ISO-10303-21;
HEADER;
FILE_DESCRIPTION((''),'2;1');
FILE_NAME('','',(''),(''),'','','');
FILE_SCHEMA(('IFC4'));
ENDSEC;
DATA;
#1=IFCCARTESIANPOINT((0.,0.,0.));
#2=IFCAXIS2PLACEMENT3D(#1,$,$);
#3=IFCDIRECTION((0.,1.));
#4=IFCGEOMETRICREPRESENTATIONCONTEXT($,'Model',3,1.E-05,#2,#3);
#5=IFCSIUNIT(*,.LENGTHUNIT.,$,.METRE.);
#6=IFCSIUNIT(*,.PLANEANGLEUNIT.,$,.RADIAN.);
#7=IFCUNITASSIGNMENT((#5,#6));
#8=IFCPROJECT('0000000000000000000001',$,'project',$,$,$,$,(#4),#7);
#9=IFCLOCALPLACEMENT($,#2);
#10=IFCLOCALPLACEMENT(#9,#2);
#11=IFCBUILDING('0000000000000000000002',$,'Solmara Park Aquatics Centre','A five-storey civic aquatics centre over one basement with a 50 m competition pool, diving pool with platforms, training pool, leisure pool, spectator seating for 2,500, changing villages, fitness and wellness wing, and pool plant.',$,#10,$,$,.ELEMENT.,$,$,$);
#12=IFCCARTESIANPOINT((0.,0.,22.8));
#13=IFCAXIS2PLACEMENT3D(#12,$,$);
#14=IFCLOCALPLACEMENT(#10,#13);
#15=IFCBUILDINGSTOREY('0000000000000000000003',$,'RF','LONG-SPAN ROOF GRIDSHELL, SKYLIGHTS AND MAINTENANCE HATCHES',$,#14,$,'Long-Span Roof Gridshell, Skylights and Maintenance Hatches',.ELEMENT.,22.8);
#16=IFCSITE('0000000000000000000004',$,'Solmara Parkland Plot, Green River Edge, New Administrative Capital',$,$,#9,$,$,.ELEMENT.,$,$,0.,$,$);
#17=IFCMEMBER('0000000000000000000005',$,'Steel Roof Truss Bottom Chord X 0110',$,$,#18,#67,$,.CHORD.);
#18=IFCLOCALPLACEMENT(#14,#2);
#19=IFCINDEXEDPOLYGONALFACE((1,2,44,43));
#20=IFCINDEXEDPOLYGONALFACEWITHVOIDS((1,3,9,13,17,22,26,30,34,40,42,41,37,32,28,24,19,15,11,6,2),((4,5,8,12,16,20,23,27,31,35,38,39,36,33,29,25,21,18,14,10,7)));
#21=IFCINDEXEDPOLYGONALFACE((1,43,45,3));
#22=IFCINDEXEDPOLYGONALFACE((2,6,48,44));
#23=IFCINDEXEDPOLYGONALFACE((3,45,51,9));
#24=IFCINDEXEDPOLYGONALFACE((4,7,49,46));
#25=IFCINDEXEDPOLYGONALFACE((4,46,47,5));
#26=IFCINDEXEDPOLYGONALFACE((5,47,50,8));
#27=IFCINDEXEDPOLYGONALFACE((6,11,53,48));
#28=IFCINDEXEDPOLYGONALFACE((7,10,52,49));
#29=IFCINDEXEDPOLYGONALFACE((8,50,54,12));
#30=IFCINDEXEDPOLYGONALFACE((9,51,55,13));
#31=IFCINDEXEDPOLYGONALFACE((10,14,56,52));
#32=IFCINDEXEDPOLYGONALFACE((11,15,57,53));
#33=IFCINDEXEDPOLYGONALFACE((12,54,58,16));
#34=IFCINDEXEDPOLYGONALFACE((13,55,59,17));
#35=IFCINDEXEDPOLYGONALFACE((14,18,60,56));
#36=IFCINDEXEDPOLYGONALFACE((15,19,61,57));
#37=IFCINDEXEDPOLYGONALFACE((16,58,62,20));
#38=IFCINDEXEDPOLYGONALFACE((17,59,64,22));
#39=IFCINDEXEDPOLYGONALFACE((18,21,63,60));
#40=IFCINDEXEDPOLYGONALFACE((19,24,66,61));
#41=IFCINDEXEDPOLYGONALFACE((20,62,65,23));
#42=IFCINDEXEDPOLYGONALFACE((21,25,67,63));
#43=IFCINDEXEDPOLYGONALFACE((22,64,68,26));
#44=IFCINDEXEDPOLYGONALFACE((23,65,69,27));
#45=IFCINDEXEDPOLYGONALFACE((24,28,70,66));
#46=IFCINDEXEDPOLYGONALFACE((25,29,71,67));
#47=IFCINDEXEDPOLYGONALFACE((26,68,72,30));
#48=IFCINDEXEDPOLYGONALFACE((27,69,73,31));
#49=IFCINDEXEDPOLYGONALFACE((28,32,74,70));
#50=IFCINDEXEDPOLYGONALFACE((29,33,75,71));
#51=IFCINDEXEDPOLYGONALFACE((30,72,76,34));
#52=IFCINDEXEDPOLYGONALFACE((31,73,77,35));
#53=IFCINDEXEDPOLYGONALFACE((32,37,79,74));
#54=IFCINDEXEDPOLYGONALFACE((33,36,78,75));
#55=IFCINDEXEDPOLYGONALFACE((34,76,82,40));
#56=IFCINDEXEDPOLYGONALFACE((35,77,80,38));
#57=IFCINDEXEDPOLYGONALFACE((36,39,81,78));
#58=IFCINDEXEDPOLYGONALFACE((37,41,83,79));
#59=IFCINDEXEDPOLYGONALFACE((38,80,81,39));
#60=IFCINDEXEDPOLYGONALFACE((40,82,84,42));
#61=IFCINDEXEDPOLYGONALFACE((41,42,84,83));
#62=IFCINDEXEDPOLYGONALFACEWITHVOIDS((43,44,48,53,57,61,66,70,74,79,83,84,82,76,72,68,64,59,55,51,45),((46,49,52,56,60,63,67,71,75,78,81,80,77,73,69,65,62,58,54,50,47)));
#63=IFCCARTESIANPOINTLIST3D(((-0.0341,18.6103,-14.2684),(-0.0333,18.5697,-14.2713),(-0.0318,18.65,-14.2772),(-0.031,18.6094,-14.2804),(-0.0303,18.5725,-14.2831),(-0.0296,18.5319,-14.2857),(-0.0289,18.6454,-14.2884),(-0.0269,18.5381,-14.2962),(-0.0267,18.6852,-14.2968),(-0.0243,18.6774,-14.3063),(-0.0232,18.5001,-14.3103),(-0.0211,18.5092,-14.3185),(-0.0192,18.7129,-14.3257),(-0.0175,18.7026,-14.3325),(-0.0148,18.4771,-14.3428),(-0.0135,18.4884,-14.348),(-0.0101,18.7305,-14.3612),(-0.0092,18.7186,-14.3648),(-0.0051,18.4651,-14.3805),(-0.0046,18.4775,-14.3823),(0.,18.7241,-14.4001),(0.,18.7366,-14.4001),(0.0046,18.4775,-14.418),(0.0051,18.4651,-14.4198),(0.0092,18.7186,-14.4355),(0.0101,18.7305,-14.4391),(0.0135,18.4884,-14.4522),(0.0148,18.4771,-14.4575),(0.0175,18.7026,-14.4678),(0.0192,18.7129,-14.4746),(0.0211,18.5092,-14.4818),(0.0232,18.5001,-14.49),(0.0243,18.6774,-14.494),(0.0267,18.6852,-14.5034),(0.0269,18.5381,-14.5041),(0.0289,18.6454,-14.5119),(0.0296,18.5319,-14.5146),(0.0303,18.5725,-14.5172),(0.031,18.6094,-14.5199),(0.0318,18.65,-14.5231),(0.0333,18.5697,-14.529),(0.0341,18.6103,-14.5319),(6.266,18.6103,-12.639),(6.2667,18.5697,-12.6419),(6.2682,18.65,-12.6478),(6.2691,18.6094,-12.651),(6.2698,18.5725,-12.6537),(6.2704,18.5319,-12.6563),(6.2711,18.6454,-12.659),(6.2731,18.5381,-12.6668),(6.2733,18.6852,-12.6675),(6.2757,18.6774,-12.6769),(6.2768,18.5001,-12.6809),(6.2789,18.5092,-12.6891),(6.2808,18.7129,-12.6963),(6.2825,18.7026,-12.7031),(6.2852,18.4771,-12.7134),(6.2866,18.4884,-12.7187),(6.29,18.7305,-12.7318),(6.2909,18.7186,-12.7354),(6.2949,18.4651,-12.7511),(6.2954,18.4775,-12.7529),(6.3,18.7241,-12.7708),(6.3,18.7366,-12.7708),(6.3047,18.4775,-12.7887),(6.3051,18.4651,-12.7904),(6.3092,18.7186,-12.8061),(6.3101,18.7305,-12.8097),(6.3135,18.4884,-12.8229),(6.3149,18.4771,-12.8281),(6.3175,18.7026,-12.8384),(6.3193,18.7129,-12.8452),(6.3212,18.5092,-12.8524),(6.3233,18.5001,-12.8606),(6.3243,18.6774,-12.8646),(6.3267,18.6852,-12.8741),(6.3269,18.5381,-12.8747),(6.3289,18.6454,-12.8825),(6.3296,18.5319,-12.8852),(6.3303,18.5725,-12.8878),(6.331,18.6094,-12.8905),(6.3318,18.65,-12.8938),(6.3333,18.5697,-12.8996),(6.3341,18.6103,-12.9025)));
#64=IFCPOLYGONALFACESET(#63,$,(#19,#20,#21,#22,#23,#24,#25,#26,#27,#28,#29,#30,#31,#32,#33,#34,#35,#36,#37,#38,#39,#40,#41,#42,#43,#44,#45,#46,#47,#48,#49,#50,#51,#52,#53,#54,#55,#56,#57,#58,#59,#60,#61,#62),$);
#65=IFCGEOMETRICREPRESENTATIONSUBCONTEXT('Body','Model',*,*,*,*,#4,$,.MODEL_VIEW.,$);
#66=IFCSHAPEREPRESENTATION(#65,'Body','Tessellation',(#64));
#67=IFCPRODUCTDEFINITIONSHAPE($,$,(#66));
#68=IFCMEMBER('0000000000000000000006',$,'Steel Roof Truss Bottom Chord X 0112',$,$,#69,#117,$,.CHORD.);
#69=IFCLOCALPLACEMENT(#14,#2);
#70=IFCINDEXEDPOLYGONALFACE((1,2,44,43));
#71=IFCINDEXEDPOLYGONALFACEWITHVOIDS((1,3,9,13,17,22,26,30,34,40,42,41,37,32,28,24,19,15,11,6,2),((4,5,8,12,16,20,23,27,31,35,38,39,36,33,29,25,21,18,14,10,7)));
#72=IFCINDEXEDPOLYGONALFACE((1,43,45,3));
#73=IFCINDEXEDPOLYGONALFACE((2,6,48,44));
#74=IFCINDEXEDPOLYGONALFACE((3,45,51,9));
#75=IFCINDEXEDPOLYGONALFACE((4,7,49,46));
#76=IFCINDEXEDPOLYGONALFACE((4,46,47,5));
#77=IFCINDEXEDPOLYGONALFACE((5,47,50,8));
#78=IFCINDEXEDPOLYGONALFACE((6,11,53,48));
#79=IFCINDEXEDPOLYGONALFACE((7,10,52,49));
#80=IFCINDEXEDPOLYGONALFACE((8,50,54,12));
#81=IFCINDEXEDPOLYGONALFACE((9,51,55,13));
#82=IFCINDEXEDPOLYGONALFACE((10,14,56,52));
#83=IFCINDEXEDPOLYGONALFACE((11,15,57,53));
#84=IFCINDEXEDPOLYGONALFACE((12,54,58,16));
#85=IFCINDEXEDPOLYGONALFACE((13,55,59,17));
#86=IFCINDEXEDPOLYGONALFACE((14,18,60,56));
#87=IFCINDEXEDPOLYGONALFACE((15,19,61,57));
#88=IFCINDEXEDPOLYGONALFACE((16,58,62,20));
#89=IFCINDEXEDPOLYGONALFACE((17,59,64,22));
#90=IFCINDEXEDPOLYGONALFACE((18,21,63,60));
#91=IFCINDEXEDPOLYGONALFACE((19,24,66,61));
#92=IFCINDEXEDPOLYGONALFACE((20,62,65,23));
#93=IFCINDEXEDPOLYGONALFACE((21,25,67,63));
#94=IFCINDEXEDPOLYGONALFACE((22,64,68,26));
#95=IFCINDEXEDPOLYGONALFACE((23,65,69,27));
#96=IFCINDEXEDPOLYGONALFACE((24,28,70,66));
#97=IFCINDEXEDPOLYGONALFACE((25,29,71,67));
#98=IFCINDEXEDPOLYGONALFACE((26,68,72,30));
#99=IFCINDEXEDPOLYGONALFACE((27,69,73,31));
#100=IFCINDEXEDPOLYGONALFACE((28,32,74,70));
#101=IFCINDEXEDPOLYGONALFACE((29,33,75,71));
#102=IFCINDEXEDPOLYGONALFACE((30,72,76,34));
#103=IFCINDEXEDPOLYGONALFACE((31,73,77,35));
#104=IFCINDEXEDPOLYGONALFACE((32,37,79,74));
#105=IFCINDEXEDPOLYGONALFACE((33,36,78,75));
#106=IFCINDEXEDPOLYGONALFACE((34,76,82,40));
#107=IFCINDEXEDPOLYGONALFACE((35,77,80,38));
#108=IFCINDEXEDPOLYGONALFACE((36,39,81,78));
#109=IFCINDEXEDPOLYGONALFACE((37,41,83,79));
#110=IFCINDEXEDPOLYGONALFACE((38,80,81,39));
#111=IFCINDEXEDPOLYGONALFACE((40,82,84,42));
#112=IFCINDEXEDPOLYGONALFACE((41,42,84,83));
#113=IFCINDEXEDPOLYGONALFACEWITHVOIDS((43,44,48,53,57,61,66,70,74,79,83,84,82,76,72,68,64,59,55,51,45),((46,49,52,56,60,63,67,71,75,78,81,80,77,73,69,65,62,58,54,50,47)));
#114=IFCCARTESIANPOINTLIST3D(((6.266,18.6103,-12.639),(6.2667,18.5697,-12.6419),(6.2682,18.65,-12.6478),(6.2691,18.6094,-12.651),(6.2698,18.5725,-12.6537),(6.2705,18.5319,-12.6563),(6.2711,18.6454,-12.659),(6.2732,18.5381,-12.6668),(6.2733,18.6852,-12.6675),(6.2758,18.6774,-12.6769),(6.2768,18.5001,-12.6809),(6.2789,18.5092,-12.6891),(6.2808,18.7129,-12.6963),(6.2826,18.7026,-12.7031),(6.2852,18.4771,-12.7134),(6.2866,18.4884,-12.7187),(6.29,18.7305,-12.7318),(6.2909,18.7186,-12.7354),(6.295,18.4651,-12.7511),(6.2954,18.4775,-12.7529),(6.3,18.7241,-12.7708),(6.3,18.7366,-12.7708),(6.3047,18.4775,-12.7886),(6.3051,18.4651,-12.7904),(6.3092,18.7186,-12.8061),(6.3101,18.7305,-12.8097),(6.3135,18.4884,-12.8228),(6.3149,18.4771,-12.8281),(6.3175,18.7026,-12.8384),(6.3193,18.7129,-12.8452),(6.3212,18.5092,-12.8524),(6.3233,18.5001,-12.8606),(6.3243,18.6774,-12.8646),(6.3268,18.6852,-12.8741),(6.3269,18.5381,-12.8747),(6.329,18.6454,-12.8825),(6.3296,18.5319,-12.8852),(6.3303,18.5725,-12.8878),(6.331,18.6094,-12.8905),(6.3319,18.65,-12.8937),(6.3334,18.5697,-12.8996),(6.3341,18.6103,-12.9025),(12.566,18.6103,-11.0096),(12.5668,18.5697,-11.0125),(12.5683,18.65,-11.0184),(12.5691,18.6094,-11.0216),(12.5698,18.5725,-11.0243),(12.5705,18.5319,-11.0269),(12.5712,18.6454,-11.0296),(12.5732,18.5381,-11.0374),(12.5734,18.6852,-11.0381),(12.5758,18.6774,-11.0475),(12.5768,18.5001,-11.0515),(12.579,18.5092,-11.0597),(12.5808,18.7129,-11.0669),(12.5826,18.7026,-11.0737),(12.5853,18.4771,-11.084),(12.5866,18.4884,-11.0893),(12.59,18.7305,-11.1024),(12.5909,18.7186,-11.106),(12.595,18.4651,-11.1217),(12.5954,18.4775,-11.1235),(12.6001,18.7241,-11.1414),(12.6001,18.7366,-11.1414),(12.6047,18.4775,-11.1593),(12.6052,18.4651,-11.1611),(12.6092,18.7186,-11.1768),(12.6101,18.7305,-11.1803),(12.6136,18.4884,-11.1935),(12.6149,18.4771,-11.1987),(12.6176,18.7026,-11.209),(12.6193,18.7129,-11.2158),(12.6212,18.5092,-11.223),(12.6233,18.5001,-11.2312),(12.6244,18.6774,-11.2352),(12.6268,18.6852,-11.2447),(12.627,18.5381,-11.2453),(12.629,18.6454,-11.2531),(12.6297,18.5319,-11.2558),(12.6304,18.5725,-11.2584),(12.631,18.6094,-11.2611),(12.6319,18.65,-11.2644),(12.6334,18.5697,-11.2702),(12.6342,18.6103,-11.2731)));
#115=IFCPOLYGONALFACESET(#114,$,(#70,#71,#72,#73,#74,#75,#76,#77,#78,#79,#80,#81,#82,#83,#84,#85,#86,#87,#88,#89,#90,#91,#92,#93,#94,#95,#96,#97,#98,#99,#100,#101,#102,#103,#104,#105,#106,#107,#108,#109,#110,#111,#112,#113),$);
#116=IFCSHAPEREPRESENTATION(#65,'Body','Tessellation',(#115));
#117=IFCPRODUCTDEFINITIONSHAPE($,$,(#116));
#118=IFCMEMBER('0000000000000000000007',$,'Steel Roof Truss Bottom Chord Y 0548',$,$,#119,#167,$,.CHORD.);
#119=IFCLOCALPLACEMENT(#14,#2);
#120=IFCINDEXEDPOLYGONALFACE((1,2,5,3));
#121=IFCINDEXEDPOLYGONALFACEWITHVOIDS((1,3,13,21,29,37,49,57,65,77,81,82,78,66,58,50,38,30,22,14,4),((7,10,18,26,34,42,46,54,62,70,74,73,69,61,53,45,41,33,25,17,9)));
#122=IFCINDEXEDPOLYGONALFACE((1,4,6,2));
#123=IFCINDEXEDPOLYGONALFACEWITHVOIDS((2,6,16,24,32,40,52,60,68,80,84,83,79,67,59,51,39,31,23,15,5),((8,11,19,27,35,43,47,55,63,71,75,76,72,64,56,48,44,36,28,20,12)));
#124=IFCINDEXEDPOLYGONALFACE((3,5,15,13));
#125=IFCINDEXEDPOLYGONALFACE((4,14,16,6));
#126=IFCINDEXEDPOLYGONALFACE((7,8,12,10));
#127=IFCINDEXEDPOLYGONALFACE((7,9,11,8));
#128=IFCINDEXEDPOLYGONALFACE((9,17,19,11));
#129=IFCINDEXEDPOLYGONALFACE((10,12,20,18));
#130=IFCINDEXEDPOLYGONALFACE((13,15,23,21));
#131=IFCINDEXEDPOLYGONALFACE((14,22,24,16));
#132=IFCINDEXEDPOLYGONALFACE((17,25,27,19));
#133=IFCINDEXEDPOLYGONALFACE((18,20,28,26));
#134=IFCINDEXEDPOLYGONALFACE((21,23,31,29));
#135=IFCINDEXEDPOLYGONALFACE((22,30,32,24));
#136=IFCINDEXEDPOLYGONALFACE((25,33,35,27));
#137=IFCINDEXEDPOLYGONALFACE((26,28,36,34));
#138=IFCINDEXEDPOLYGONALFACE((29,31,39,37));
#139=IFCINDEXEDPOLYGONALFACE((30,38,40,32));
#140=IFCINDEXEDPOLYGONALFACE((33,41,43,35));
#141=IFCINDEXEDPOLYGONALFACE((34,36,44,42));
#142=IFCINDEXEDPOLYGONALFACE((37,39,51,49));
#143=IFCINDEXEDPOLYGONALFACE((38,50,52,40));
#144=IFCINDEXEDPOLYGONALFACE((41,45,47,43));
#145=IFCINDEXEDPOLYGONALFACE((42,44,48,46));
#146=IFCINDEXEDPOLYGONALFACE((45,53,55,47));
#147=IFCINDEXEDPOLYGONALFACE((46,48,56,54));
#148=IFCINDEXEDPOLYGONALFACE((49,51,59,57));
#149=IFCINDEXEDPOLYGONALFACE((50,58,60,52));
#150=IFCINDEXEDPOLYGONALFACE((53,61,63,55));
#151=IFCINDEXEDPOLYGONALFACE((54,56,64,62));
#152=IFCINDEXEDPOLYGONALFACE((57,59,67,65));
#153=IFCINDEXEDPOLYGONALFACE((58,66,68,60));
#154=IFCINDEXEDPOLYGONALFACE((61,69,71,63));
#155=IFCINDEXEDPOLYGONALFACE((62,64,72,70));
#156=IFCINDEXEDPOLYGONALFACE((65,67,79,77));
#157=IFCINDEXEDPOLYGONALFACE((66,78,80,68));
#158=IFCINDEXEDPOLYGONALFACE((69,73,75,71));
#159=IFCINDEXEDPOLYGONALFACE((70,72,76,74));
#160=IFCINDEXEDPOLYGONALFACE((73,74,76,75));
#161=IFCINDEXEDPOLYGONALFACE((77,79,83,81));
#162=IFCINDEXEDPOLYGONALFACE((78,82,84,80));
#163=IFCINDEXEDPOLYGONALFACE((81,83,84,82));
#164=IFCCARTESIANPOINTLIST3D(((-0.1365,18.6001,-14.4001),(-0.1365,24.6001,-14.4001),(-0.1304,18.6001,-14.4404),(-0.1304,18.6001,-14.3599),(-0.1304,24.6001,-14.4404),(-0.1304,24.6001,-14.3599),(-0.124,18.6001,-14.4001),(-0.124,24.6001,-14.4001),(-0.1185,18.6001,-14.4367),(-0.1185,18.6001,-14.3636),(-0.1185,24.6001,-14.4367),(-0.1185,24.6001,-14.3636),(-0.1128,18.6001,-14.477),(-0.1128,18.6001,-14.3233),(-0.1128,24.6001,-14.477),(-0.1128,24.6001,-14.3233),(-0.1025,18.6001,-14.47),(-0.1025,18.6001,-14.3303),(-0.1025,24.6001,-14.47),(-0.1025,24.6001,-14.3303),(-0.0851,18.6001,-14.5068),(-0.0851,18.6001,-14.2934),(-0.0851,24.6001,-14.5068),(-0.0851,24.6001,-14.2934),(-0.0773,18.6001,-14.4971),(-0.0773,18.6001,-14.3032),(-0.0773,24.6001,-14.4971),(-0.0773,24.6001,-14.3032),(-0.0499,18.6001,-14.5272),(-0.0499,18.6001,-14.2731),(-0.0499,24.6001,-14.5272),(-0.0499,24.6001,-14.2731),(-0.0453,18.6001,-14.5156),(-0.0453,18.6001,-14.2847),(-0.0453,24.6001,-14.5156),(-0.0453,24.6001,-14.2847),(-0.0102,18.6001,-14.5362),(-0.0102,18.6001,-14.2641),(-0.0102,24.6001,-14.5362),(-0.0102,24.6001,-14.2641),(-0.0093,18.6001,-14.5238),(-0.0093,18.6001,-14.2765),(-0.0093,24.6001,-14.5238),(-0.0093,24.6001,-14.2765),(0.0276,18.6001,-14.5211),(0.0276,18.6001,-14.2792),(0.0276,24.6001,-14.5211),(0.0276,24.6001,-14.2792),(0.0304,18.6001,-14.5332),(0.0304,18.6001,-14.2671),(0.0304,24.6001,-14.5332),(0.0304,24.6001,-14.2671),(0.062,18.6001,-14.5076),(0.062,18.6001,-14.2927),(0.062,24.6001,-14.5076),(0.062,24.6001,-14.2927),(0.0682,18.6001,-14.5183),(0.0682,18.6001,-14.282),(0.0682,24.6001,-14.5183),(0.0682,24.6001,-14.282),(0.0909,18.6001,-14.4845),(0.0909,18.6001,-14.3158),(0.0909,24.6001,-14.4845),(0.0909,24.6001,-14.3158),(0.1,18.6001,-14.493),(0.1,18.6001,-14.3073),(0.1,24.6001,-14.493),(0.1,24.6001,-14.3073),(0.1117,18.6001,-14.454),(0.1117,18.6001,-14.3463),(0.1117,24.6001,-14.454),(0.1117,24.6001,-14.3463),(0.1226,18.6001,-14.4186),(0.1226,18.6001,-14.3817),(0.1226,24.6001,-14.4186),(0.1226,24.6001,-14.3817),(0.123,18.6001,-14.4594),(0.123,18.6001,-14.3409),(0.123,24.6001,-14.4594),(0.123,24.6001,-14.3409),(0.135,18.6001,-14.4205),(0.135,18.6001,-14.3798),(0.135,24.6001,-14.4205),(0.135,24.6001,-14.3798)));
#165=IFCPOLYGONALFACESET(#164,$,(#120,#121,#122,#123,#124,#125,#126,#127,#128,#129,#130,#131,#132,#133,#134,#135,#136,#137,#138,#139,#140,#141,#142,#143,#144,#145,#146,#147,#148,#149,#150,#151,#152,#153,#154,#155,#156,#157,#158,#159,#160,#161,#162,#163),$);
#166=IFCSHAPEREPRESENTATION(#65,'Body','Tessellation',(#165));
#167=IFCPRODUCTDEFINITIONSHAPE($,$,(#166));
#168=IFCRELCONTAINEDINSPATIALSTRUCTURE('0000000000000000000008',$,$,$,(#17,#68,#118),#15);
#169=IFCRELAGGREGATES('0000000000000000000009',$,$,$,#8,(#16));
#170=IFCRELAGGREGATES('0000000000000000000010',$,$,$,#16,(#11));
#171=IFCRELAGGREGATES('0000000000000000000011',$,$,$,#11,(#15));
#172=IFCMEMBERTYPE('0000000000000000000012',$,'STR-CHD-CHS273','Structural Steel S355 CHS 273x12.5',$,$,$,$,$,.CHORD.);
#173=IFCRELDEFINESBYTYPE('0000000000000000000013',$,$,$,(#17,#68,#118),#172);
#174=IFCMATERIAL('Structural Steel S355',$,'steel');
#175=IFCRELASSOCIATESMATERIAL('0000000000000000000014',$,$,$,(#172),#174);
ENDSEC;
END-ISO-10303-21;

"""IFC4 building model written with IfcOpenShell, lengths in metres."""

from ifc_helpers import new_model, si_unit, direction, frame, origin, origin_2d, place, context, subcontext, project, spatial, hollow_circle, extrude, material, material_profile, profile_set, type_object, element, save


model = new_model("IFC4")

# Units and contexts
model_context = context("Model", 3, precision=1e-05, world=origin(), true_north=direction((0.0, 1.0)))
body_context = subcontext(model_context, "Body", "Model", "MODEL_VIEW")
ifc_project = project(units=[si_unit("LENGTHUNIT", "METRE"), si_unit("PLANEANGLEUNIT", "RADIAN")], contexts=[model_context])

# Site, building, storey
site_placement = place(None, origin())
site = spatial("IfcSite", under=ifc_project, at=site_placement, Name="Solmara Parkland Plot, Green River Edge, New Administrative Capital", CompositionType="ELEMENT", RefElevation=0.0)
building_placement = place(site_placement, origin())
building = spatial("IfcBuilding", under=site, at=building_placement, Name="Solmara Park Aquatics Centre", Description="A five-storey civic aquatics centre over one basement with a 50 m competition pool, diving pool with platforms, training pool, leisure pool, spectator seating for 2,500, changing villages, fitness and wellness wing, and pool plant.", CompositionType="ELEMENT")
storey_placement = place(building_placement, frame((0.0, 0.0, 22.8)))
storey = spatial("IfcBuildingStorey", under=building, at=storey_placement, Name="RF", Description="LONG-SPAN ROOF GRIDSHELL, SKYLIGHTS AND MAINTENANCE HATCHES", LongName="Long-Span Roof Gridshell, Skylights and Maintenance Hatches", CompositionType="ELEMENT", Elevation=22.8)

# Members
ifc_material_1 = material(Name="Structural Steel S355", Category="steel")
ifc_material_profile_1 = material_profile(ifc_material_1, hollow_circle(Radius=0.1365, WallThickness=0.0125, at=origin_2d()), Name="CHS 273x12.5")
ifc_profile_set_1 = profile_set([ifc_material_profile_1], Name="Structural Steel S355")
member_type_1 = type_object("IfcMemberType", Name="STR-CHD-CHS273", Description="Structural Steel S355 CHS 273x12.5", PredefinedType="CHORD", material=ifc_profile_set_1)
for number, where, z_axis, x_axis, name in (
    (1, (0.0, 18.6001, -14.4001), (0.968144, 0.0, 0.250393), (0.0, 1.0, 0.0), "Steel Roof Truss Bottom Chord X 0110"),
    (2, (6.3, 18.6001, -12.7708), (0.968144, 0.0, 0.250393), (0.0, 1.0, 0.0), "Steel Roof Truss Bottom Chord X 0112"),
):
    element("IfcMember", number, at=place(storey_placement, frame(where, z_axis=z_axis, x_axis=x_axis)), inside=storey, type_object=member_type_1, Name=name, PredefinedType="CHORD", context=body_context, shape_type="SweptSolid", body=[
        extrude(hollow_circle(Radius=0.1365, WallThickness=0.0125, at=origin_2d()), origin(), (0.0, 0.0, 1.0), 6.5073),
    ])
for number, where, z_axis, x_axis, name in (
    (3, (0.0, 18.6001, -14.4001), (0.0, 1.0, 0.0), (-1.0, 0.0, 0.0), "Steel Roof Truss Bottom Chord Y 0548"),
):
    element("IfcMember", number, at=place(storey_placement, frame(where, z_axis=z_axis, x_axis=x_axis)), inside=storey, type_object=member_type_1, Name=name, PredefinedType="CHORD", context=body_context, shape_type="SweptSolid", body=[
        extrude(hollow_circle(Radius=0.1365, WallThickness=0.0125, at=origin_2d()), origin(), (0.0, 0.0, 1.0), 6.0),
    ])

save(model, "model.ifc")
